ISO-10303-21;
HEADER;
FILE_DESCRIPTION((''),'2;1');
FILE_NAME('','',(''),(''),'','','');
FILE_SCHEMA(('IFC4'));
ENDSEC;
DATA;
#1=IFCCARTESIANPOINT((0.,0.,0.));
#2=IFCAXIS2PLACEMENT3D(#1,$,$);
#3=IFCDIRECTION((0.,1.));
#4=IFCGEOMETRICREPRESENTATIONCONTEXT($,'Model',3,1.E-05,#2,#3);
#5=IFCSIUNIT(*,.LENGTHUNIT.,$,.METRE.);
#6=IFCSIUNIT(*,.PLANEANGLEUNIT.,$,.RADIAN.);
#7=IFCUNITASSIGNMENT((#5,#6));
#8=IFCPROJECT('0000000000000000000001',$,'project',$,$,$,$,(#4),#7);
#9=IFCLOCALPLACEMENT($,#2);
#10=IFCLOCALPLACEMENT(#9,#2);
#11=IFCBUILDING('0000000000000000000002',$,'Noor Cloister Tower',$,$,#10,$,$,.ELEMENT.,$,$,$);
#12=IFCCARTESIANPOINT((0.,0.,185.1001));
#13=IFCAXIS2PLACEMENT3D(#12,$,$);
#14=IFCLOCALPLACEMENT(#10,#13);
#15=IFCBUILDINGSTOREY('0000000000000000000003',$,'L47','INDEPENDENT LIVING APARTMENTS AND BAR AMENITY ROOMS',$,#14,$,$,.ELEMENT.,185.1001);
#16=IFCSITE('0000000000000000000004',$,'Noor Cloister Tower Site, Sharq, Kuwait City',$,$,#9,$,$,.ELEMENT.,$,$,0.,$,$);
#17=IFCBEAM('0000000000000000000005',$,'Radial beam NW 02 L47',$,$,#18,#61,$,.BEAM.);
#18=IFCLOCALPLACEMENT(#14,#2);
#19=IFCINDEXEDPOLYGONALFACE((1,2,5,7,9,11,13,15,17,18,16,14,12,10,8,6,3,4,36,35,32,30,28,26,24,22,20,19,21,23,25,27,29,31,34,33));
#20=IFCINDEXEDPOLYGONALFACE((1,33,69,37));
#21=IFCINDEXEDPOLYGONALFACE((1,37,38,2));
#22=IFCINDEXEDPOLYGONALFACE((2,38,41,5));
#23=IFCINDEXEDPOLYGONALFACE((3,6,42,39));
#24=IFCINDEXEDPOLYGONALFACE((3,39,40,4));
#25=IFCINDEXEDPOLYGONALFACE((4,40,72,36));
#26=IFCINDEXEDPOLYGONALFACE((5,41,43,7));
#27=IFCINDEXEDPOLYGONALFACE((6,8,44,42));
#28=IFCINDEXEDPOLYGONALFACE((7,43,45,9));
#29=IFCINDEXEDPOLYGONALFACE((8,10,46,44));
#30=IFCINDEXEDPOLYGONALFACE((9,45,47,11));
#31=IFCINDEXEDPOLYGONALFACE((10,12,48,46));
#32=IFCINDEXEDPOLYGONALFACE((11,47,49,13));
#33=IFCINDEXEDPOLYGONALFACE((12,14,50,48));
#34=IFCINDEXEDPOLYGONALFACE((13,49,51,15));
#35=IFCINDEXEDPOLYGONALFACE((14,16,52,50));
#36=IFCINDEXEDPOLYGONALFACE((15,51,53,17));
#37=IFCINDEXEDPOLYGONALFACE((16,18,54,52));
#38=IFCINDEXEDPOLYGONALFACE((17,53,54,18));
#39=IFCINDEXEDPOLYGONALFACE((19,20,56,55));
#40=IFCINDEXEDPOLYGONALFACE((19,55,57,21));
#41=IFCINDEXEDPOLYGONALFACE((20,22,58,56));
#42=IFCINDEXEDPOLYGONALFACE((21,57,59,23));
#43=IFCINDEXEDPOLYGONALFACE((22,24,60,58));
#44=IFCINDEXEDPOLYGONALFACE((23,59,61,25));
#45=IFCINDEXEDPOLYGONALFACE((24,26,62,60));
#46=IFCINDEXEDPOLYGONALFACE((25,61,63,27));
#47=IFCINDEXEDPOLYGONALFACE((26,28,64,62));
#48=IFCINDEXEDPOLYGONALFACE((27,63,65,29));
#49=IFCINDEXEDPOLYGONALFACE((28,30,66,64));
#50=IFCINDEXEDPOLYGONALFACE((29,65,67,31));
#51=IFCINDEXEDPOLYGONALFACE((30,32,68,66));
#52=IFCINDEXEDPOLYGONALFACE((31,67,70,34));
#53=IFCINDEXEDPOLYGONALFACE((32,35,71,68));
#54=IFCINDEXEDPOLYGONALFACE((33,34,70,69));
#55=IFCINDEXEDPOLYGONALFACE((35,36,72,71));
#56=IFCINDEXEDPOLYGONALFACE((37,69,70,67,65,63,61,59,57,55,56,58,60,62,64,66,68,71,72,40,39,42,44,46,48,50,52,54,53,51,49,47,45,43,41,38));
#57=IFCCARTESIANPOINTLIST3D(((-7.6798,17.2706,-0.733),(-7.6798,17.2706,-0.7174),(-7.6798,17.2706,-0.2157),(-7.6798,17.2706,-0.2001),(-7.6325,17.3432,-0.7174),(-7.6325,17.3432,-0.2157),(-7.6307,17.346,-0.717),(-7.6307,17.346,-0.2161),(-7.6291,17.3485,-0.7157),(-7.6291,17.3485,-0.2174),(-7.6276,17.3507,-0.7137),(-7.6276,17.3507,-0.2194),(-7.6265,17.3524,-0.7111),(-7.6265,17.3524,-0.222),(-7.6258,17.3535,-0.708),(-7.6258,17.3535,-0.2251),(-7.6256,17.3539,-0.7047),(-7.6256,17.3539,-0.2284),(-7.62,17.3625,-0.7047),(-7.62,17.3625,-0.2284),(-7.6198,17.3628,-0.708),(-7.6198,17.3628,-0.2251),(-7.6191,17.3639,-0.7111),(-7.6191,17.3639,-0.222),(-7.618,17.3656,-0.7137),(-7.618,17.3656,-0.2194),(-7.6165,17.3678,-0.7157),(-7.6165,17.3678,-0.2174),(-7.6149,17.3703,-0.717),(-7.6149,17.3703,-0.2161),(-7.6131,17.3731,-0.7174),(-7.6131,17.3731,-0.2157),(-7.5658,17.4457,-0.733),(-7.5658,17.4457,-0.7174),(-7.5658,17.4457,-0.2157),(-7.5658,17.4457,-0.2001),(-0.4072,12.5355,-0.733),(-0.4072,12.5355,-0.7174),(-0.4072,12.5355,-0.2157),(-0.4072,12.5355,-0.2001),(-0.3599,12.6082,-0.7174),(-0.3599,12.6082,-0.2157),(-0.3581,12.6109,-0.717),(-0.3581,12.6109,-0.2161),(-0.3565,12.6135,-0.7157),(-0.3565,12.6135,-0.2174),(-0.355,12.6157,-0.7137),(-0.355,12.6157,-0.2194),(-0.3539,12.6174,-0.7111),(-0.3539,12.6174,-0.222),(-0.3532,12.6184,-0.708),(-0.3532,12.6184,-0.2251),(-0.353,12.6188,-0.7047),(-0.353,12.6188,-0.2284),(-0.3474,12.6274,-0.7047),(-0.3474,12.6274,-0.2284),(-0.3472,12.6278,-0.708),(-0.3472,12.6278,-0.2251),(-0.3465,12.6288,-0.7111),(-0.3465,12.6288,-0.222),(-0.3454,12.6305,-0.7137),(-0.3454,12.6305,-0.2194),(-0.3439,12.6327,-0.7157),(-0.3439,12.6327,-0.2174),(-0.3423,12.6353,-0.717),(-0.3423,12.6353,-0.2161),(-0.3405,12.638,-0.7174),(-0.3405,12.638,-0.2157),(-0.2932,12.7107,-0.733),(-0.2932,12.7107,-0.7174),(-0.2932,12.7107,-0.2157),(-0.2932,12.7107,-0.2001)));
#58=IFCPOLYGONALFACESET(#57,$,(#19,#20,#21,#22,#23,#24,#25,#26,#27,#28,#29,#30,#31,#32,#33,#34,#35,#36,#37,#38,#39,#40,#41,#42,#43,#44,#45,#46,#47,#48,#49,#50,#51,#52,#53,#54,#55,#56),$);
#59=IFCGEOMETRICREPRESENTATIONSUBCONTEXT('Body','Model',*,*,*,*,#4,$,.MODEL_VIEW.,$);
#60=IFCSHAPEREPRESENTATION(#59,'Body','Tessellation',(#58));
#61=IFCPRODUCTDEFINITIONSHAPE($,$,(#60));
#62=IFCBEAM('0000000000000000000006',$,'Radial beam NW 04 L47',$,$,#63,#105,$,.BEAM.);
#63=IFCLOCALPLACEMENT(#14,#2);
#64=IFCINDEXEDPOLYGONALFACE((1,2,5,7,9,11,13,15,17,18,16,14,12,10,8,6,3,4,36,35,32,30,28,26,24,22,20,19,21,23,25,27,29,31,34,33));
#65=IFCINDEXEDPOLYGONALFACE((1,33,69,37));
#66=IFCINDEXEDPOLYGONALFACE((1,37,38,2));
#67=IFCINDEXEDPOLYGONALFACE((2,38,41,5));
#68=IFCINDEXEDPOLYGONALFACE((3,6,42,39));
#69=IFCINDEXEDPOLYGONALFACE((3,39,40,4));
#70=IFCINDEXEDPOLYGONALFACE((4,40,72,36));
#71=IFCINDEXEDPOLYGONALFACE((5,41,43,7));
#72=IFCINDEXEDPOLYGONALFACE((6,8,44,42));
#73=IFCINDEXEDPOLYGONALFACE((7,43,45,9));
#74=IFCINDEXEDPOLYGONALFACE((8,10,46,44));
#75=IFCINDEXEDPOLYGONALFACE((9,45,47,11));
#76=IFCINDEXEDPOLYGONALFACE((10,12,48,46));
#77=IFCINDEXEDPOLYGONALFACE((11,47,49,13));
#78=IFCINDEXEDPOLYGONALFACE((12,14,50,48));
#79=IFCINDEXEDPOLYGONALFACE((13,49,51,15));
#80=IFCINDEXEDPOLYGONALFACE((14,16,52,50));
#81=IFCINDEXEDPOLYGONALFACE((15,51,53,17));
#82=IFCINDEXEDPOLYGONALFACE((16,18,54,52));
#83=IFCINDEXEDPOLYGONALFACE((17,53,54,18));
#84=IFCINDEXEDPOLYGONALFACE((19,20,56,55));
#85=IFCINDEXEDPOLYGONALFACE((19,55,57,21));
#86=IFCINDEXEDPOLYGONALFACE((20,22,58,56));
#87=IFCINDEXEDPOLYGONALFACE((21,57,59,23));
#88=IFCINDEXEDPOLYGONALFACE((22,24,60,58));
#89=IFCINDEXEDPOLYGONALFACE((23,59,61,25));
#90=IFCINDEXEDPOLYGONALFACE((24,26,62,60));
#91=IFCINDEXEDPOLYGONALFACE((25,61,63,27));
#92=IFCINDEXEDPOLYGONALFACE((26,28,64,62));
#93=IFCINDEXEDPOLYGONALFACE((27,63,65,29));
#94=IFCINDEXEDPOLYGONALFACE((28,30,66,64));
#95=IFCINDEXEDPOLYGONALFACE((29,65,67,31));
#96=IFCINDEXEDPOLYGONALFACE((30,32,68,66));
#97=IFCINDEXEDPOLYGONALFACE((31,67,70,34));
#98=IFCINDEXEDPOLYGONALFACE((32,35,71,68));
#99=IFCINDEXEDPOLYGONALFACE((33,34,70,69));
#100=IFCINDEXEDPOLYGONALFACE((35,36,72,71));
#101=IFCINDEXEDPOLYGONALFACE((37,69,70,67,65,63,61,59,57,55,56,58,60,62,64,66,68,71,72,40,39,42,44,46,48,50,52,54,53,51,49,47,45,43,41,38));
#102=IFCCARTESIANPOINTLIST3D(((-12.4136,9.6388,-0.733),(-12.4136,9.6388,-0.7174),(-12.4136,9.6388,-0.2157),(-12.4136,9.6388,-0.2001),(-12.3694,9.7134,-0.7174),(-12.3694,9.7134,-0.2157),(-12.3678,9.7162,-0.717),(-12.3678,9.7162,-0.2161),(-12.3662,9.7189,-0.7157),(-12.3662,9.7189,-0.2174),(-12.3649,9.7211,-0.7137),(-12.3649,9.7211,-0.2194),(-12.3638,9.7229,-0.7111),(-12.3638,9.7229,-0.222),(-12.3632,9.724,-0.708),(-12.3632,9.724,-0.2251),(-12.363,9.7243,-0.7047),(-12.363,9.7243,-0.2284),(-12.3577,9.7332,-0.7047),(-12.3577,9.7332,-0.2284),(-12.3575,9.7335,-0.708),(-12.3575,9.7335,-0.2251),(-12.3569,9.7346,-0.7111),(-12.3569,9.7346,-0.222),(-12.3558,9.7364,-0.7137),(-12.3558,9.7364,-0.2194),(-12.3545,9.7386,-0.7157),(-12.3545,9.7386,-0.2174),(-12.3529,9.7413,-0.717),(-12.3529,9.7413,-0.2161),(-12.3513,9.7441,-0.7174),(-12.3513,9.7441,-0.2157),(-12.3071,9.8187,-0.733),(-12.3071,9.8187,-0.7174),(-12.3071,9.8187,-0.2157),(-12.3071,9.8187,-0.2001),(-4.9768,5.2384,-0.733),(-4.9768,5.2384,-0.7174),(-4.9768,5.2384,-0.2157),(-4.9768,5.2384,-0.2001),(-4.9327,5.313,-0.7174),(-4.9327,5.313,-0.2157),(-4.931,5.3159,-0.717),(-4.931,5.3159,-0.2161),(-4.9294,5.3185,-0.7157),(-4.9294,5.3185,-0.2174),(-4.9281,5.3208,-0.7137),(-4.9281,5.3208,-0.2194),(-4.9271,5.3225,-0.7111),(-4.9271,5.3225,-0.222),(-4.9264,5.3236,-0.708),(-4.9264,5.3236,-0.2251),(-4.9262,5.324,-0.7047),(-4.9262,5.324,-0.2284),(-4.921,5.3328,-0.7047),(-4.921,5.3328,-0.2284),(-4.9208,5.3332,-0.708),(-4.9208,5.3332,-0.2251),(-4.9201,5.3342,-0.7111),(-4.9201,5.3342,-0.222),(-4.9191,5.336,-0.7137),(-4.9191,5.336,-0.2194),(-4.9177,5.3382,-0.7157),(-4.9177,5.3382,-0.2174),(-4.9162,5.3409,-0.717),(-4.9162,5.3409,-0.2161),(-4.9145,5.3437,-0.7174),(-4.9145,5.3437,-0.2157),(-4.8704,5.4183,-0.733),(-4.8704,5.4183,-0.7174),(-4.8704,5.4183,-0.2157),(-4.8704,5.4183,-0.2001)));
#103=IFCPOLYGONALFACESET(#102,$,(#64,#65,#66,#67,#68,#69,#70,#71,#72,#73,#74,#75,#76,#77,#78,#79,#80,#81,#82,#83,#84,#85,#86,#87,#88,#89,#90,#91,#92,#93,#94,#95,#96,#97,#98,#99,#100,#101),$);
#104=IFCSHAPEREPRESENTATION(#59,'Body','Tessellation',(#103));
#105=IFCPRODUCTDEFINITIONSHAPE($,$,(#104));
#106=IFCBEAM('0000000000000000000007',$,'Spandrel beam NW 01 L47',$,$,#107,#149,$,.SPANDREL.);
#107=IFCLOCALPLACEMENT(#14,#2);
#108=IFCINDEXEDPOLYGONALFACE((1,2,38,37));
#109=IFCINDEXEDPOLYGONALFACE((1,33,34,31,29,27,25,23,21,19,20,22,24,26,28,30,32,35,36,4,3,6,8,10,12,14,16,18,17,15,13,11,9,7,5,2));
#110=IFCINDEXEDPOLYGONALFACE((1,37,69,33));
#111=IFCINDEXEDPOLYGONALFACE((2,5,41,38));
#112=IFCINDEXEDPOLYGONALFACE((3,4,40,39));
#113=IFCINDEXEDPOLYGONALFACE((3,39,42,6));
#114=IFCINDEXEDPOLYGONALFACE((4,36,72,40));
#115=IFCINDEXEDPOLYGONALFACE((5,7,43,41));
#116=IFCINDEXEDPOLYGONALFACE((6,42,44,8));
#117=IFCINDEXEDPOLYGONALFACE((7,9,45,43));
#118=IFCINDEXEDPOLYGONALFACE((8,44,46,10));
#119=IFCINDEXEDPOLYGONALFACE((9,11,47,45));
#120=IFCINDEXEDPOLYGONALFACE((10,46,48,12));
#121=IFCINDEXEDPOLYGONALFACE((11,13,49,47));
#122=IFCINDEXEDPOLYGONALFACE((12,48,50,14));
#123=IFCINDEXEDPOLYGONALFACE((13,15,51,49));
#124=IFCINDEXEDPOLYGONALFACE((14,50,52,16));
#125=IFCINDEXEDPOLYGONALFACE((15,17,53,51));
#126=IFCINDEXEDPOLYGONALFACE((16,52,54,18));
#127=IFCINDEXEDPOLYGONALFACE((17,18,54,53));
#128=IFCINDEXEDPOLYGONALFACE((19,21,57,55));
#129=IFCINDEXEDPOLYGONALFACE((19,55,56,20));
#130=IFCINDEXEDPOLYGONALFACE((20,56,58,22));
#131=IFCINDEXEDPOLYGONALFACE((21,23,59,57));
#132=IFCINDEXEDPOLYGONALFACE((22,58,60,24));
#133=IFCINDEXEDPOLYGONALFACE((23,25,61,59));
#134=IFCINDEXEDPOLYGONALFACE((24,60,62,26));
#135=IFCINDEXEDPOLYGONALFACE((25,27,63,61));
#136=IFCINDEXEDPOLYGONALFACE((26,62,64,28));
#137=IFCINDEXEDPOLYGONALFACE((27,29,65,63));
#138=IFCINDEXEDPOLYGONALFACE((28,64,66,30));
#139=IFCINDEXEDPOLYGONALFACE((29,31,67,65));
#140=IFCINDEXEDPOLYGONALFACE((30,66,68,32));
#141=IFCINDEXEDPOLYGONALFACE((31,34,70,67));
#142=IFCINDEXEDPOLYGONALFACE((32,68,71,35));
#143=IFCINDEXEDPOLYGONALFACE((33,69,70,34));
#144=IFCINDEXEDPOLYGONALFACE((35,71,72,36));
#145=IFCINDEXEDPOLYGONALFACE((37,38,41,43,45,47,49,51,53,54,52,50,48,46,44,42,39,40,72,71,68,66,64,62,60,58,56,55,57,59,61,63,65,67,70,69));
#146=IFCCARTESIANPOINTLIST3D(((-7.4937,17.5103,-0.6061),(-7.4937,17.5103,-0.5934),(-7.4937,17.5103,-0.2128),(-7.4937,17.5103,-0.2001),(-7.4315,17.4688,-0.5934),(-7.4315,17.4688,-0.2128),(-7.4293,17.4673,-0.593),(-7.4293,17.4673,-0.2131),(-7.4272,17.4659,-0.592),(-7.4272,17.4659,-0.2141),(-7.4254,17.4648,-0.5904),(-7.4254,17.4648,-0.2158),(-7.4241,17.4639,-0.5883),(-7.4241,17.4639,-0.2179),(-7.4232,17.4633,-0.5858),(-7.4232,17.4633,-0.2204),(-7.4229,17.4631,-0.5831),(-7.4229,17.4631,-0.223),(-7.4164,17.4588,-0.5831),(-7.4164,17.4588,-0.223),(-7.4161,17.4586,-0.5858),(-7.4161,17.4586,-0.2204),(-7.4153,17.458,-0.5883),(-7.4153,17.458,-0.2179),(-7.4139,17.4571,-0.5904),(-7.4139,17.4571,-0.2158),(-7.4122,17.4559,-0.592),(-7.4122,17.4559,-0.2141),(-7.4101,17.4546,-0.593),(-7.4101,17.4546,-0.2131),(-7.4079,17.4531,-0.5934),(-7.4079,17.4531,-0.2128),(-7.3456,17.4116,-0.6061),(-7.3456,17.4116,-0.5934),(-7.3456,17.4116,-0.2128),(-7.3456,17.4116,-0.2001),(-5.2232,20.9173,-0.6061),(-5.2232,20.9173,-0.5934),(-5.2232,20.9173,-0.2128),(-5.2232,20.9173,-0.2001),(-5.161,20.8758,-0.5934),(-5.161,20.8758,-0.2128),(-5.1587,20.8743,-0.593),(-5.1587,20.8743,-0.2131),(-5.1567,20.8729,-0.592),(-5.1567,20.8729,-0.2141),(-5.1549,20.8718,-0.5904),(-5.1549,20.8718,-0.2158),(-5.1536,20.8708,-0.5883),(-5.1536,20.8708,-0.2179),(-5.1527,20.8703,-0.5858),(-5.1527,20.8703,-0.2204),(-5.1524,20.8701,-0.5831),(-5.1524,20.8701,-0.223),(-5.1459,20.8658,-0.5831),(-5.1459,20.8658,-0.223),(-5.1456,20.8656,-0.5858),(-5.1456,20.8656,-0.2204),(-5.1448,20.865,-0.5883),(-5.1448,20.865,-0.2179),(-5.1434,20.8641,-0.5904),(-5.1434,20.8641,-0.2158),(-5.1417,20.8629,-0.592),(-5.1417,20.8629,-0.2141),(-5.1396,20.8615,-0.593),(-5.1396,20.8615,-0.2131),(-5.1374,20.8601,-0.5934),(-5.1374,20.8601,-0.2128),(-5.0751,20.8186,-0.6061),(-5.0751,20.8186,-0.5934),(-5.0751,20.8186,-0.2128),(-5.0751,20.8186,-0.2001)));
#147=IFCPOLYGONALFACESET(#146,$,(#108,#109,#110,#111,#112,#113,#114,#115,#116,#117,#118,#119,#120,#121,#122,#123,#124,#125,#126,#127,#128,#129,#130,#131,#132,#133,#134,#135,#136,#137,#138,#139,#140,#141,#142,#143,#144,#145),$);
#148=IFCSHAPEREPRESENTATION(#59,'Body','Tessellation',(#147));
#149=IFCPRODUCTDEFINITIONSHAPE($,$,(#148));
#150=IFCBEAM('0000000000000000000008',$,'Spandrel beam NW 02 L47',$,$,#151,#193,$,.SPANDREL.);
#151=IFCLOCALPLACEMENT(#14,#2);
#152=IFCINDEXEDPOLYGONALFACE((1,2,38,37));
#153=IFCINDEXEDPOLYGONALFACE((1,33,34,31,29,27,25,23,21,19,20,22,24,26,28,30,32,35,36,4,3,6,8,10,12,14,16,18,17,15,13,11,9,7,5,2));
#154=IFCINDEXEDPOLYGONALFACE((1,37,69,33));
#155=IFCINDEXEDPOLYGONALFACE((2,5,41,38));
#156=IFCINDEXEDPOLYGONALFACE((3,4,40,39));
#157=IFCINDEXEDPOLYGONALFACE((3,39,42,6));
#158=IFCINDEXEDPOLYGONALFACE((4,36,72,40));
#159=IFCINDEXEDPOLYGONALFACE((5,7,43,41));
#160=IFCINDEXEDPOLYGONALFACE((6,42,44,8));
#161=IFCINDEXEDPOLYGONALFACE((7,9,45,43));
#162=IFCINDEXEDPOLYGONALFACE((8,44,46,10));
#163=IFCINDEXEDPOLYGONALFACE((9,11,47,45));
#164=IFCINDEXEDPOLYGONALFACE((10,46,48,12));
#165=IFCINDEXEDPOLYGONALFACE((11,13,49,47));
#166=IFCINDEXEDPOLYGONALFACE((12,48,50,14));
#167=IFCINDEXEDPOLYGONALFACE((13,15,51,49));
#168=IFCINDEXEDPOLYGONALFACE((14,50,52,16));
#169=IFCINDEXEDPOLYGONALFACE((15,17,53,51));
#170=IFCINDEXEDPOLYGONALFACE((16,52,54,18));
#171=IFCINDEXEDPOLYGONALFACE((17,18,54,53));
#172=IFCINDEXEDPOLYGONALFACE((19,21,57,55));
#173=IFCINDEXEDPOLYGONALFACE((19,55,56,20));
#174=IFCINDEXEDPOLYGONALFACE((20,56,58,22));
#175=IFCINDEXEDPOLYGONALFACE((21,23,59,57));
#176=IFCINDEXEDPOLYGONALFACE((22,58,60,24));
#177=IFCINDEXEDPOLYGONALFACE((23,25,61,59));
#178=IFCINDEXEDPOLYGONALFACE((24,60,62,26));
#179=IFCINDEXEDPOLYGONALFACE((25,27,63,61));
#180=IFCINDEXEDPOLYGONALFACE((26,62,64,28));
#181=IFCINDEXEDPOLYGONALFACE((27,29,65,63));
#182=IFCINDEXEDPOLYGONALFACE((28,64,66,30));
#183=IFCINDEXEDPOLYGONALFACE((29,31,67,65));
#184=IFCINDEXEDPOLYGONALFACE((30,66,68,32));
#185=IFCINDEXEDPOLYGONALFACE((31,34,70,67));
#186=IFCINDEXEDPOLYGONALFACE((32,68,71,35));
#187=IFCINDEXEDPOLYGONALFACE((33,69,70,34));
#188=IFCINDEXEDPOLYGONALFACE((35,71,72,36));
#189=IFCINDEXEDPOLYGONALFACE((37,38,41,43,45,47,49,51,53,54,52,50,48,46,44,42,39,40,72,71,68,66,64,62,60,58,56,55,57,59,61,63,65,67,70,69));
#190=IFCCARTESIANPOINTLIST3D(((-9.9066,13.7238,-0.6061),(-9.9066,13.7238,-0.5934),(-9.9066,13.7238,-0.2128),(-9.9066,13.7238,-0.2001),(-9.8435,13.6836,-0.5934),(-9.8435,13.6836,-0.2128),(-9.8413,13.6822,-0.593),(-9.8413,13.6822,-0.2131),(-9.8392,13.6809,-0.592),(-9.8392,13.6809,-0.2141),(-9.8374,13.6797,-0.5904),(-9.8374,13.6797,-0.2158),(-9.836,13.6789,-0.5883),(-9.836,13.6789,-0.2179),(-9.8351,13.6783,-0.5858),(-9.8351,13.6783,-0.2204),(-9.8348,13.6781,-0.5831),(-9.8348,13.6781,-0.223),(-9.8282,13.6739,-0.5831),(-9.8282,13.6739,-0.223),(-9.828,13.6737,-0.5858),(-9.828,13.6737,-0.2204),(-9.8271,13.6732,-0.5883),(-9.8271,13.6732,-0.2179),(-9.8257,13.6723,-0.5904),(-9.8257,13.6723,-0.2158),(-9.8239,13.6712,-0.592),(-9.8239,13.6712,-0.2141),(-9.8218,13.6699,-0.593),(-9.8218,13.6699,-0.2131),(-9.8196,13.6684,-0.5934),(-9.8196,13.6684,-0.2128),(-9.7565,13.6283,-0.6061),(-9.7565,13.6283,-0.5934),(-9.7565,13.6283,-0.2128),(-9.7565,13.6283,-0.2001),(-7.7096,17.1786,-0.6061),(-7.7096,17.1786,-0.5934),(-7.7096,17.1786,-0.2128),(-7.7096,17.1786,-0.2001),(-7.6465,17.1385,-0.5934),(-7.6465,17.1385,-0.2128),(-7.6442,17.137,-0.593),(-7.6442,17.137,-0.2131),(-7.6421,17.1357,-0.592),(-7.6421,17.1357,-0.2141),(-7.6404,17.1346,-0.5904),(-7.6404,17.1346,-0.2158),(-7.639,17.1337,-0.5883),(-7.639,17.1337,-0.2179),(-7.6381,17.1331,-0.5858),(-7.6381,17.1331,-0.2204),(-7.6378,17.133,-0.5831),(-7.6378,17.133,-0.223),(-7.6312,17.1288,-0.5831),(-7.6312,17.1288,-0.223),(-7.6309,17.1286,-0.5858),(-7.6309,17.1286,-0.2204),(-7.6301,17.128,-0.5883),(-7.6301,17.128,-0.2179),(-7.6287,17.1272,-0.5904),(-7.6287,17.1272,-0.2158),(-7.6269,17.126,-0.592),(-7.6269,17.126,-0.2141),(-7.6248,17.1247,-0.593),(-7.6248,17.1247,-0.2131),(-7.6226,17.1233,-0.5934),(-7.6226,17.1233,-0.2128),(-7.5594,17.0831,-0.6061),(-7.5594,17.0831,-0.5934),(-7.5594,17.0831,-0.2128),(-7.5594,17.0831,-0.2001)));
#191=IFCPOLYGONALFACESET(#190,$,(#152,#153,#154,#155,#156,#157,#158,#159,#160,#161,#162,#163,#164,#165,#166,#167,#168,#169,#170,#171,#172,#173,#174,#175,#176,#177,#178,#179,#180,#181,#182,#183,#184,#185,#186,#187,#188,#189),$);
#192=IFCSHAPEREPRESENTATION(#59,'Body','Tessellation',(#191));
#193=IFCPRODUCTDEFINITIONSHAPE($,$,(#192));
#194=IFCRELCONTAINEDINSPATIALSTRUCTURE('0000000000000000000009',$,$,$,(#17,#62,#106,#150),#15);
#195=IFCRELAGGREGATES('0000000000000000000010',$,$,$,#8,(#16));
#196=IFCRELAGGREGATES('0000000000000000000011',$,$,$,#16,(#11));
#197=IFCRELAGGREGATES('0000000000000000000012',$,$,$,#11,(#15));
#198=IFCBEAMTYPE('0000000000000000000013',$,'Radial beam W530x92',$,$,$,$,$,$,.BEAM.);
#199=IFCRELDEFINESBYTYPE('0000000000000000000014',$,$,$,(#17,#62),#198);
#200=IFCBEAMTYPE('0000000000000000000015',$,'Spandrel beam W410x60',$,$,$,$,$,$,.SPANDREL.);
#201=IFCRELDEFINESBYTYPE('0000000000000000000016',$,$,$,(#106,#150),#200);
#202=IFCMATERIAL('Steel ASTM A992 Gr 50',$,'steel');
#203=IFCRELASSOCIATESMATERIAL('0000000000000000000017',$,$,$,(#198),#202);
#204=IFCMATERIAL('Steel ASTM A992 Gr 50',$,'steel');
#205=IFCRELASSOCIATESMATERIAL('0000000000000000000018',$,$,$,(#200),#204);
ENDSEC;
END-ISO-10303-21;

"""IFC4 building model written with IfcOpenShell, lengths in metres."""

from ifc_helpers import new_model, si_unit, direction, frame, origin, origin_2d, place, context, subcontext, project, spatial, i_section, extrude, material, material_profile, profile_set, type_object, element, save


model = new_model("IFC4")

# Units and contexts
model_context = context("Model", 3, precision=1e-05, world=origin(), true_north=direction((0.0, 1.0)))
body_context = subcontext(model_context, "Body", "Model", "MODEL_VIEW")
ifc_project = project(units=[si_unit("LENGTHUNIT", "METRE"), si_unit("PLANEANGLEUNIT", "RADIAN")], contexts=[model_context])

# Site, building, storey
site_placement = place(None, origin())
site = spatial("IfcSite", under=ifc_project, at=site_placement, Name="Noor Cloister Tower Site, Sharq, Kuwait City", CompositionType="ELEMENT", RefElevation=0.0)
building_placement = place(site_placement, origin())
building = spatial("IfcBuilding", under=site, at=building_placement, Name="Noor Cloister Tower", CompositionType="ELEMENT")
storey_placement = place(building_placement, frame((0.0, 0.0, 185.1001)))
storey = spatial("IfcBuildingStorey", under=building, at=storey_placement, Name="L47", Description="INDEPENDENT LIVING APARTMENTS AND BAR AMENITY ROOMS", CompositionType="ELEMENT", Elevation=185.1001)

# Beams
ifc_material_1 = material(Name="Steel ASTM A992 Gr 50", Category="steel")
ifc_material_profile_1 = material_profile(ifc_material_1, i_section(OverallWidth=0.209, OverallDepth=0.533, WebThickness=0.0103, FlangeThickness=0.0156, FilletRadius=0.0127, at=origin_2d()), Name="W530x92")
ifc_profile_set_1 = profile_set([ifc_material_profile_1], Name="Steel ASTM A992 Gr 50")
beam_type_1 = type_object("IfcBeamType", Name="Radial beam W530x92", PredefinedType="BEAM", material=ifc_profile_set_1)
beam_1_placement = place(storey_placement, frame((-7.6228, 17.3582, -0.4666), z_axis=(0.83803, -0.545624, 0.0), x_axis=(0.545624, 0.83803, 0.0)))
element("IfcBeam", 1, at=beam_1_placement, inside=storey, type_object=beam_type_1, Name="Radial beam NW 02 L47", PredefinedType="BEAM", context=body_context, shape_type="SweptSolid", body=[
    extrude(i_section(OverallWidth=0.209, OverallDepth=0.533, WebThickness=0.0103, FlangeThickness=0.0156, FilletRadius=0.0127, at=origin_2d()), origin(), (0.0, 0.0, 1.0), 8.6782),
])
beam_2_placement = place(storey_placement, frame((-12.3604, 9.7288, -0.4666), z_axis=(0.860625, -0.509238, 0.0), x_axis=(0.509238, 0.860625, 0.0)))
element("IfcBeam", 2, at=beam_2_placement, inside=storey, type_object=beam_type_1, Name="Radial beam NW 04 L47", PredefinedType="BEAM", context=body_context, shape_type="SweptSolid", body=[
    extrude(i_section(OverallWidth=0.209, OverallDepth=0.533, WebThickness=0.0103, FlangeThickness=0.0156, FilletRadius=0.0127, at=origin_2d()), origin(), (0.0, 0.0, 1.0), 8.6411),
])
ifc_material_2 = material(Name="Steel ASTM A992 Gr 50", Category="steel")
ifc_material_profile_2 = material_profile(ifc_material_2, i_section(OverallWidth=0.178, OverallDepth=0.406, WebThickness=0.0078, FlangeThickness=0.0127, FilletRadius=0.0103, at=origin_2d()), Name="W410x60")
ifc_profile_set_2 = profile_set([ifc_material_profile_2], Name="Steel ASTM A992 Gr 50")
beam_type_2 = type_object("IfcBeamType", Name="Spandrel beam W410x60", PredefinedType="SPANDREL", material=ifc_profile_set_2)
for number, where, z_axis, x_axis, name in (
    (3, (-5.1492, 20.8679, -0.4031), (-0.554563, -0.832142, 0.0), (0.832142, -0.554563, 0.0), "Spandrel beam NW 01 L47"),
    (4, (-7.6345, 17.1309, -0.4031), (-0.536613, -0.843828, 0.0), (0.843828, -0.536613, 0.0), "Spandrel beam NW 02 L47"),
):
    element("IfcBeam", number, at=place(storey_placement, frame(where, z_axis=z_axis, x_axis=x_axis)), inside=storey, type_object=beam_type_2, Name=name, PredefinedType="SPANDREL", context=body_context, shape_type="SweptSolid", body=[
        extrude(i_section(OverallWidth=0.178, OverallDepth=0.406, WebThickness=0.0078, FlangeThickness=0.0127, FilletRadius=0.0103, at=origin_2d()), origin(), (0.0, 0.0, 1.0), 4.0942),
    ])

save(model, "model.ifc")
